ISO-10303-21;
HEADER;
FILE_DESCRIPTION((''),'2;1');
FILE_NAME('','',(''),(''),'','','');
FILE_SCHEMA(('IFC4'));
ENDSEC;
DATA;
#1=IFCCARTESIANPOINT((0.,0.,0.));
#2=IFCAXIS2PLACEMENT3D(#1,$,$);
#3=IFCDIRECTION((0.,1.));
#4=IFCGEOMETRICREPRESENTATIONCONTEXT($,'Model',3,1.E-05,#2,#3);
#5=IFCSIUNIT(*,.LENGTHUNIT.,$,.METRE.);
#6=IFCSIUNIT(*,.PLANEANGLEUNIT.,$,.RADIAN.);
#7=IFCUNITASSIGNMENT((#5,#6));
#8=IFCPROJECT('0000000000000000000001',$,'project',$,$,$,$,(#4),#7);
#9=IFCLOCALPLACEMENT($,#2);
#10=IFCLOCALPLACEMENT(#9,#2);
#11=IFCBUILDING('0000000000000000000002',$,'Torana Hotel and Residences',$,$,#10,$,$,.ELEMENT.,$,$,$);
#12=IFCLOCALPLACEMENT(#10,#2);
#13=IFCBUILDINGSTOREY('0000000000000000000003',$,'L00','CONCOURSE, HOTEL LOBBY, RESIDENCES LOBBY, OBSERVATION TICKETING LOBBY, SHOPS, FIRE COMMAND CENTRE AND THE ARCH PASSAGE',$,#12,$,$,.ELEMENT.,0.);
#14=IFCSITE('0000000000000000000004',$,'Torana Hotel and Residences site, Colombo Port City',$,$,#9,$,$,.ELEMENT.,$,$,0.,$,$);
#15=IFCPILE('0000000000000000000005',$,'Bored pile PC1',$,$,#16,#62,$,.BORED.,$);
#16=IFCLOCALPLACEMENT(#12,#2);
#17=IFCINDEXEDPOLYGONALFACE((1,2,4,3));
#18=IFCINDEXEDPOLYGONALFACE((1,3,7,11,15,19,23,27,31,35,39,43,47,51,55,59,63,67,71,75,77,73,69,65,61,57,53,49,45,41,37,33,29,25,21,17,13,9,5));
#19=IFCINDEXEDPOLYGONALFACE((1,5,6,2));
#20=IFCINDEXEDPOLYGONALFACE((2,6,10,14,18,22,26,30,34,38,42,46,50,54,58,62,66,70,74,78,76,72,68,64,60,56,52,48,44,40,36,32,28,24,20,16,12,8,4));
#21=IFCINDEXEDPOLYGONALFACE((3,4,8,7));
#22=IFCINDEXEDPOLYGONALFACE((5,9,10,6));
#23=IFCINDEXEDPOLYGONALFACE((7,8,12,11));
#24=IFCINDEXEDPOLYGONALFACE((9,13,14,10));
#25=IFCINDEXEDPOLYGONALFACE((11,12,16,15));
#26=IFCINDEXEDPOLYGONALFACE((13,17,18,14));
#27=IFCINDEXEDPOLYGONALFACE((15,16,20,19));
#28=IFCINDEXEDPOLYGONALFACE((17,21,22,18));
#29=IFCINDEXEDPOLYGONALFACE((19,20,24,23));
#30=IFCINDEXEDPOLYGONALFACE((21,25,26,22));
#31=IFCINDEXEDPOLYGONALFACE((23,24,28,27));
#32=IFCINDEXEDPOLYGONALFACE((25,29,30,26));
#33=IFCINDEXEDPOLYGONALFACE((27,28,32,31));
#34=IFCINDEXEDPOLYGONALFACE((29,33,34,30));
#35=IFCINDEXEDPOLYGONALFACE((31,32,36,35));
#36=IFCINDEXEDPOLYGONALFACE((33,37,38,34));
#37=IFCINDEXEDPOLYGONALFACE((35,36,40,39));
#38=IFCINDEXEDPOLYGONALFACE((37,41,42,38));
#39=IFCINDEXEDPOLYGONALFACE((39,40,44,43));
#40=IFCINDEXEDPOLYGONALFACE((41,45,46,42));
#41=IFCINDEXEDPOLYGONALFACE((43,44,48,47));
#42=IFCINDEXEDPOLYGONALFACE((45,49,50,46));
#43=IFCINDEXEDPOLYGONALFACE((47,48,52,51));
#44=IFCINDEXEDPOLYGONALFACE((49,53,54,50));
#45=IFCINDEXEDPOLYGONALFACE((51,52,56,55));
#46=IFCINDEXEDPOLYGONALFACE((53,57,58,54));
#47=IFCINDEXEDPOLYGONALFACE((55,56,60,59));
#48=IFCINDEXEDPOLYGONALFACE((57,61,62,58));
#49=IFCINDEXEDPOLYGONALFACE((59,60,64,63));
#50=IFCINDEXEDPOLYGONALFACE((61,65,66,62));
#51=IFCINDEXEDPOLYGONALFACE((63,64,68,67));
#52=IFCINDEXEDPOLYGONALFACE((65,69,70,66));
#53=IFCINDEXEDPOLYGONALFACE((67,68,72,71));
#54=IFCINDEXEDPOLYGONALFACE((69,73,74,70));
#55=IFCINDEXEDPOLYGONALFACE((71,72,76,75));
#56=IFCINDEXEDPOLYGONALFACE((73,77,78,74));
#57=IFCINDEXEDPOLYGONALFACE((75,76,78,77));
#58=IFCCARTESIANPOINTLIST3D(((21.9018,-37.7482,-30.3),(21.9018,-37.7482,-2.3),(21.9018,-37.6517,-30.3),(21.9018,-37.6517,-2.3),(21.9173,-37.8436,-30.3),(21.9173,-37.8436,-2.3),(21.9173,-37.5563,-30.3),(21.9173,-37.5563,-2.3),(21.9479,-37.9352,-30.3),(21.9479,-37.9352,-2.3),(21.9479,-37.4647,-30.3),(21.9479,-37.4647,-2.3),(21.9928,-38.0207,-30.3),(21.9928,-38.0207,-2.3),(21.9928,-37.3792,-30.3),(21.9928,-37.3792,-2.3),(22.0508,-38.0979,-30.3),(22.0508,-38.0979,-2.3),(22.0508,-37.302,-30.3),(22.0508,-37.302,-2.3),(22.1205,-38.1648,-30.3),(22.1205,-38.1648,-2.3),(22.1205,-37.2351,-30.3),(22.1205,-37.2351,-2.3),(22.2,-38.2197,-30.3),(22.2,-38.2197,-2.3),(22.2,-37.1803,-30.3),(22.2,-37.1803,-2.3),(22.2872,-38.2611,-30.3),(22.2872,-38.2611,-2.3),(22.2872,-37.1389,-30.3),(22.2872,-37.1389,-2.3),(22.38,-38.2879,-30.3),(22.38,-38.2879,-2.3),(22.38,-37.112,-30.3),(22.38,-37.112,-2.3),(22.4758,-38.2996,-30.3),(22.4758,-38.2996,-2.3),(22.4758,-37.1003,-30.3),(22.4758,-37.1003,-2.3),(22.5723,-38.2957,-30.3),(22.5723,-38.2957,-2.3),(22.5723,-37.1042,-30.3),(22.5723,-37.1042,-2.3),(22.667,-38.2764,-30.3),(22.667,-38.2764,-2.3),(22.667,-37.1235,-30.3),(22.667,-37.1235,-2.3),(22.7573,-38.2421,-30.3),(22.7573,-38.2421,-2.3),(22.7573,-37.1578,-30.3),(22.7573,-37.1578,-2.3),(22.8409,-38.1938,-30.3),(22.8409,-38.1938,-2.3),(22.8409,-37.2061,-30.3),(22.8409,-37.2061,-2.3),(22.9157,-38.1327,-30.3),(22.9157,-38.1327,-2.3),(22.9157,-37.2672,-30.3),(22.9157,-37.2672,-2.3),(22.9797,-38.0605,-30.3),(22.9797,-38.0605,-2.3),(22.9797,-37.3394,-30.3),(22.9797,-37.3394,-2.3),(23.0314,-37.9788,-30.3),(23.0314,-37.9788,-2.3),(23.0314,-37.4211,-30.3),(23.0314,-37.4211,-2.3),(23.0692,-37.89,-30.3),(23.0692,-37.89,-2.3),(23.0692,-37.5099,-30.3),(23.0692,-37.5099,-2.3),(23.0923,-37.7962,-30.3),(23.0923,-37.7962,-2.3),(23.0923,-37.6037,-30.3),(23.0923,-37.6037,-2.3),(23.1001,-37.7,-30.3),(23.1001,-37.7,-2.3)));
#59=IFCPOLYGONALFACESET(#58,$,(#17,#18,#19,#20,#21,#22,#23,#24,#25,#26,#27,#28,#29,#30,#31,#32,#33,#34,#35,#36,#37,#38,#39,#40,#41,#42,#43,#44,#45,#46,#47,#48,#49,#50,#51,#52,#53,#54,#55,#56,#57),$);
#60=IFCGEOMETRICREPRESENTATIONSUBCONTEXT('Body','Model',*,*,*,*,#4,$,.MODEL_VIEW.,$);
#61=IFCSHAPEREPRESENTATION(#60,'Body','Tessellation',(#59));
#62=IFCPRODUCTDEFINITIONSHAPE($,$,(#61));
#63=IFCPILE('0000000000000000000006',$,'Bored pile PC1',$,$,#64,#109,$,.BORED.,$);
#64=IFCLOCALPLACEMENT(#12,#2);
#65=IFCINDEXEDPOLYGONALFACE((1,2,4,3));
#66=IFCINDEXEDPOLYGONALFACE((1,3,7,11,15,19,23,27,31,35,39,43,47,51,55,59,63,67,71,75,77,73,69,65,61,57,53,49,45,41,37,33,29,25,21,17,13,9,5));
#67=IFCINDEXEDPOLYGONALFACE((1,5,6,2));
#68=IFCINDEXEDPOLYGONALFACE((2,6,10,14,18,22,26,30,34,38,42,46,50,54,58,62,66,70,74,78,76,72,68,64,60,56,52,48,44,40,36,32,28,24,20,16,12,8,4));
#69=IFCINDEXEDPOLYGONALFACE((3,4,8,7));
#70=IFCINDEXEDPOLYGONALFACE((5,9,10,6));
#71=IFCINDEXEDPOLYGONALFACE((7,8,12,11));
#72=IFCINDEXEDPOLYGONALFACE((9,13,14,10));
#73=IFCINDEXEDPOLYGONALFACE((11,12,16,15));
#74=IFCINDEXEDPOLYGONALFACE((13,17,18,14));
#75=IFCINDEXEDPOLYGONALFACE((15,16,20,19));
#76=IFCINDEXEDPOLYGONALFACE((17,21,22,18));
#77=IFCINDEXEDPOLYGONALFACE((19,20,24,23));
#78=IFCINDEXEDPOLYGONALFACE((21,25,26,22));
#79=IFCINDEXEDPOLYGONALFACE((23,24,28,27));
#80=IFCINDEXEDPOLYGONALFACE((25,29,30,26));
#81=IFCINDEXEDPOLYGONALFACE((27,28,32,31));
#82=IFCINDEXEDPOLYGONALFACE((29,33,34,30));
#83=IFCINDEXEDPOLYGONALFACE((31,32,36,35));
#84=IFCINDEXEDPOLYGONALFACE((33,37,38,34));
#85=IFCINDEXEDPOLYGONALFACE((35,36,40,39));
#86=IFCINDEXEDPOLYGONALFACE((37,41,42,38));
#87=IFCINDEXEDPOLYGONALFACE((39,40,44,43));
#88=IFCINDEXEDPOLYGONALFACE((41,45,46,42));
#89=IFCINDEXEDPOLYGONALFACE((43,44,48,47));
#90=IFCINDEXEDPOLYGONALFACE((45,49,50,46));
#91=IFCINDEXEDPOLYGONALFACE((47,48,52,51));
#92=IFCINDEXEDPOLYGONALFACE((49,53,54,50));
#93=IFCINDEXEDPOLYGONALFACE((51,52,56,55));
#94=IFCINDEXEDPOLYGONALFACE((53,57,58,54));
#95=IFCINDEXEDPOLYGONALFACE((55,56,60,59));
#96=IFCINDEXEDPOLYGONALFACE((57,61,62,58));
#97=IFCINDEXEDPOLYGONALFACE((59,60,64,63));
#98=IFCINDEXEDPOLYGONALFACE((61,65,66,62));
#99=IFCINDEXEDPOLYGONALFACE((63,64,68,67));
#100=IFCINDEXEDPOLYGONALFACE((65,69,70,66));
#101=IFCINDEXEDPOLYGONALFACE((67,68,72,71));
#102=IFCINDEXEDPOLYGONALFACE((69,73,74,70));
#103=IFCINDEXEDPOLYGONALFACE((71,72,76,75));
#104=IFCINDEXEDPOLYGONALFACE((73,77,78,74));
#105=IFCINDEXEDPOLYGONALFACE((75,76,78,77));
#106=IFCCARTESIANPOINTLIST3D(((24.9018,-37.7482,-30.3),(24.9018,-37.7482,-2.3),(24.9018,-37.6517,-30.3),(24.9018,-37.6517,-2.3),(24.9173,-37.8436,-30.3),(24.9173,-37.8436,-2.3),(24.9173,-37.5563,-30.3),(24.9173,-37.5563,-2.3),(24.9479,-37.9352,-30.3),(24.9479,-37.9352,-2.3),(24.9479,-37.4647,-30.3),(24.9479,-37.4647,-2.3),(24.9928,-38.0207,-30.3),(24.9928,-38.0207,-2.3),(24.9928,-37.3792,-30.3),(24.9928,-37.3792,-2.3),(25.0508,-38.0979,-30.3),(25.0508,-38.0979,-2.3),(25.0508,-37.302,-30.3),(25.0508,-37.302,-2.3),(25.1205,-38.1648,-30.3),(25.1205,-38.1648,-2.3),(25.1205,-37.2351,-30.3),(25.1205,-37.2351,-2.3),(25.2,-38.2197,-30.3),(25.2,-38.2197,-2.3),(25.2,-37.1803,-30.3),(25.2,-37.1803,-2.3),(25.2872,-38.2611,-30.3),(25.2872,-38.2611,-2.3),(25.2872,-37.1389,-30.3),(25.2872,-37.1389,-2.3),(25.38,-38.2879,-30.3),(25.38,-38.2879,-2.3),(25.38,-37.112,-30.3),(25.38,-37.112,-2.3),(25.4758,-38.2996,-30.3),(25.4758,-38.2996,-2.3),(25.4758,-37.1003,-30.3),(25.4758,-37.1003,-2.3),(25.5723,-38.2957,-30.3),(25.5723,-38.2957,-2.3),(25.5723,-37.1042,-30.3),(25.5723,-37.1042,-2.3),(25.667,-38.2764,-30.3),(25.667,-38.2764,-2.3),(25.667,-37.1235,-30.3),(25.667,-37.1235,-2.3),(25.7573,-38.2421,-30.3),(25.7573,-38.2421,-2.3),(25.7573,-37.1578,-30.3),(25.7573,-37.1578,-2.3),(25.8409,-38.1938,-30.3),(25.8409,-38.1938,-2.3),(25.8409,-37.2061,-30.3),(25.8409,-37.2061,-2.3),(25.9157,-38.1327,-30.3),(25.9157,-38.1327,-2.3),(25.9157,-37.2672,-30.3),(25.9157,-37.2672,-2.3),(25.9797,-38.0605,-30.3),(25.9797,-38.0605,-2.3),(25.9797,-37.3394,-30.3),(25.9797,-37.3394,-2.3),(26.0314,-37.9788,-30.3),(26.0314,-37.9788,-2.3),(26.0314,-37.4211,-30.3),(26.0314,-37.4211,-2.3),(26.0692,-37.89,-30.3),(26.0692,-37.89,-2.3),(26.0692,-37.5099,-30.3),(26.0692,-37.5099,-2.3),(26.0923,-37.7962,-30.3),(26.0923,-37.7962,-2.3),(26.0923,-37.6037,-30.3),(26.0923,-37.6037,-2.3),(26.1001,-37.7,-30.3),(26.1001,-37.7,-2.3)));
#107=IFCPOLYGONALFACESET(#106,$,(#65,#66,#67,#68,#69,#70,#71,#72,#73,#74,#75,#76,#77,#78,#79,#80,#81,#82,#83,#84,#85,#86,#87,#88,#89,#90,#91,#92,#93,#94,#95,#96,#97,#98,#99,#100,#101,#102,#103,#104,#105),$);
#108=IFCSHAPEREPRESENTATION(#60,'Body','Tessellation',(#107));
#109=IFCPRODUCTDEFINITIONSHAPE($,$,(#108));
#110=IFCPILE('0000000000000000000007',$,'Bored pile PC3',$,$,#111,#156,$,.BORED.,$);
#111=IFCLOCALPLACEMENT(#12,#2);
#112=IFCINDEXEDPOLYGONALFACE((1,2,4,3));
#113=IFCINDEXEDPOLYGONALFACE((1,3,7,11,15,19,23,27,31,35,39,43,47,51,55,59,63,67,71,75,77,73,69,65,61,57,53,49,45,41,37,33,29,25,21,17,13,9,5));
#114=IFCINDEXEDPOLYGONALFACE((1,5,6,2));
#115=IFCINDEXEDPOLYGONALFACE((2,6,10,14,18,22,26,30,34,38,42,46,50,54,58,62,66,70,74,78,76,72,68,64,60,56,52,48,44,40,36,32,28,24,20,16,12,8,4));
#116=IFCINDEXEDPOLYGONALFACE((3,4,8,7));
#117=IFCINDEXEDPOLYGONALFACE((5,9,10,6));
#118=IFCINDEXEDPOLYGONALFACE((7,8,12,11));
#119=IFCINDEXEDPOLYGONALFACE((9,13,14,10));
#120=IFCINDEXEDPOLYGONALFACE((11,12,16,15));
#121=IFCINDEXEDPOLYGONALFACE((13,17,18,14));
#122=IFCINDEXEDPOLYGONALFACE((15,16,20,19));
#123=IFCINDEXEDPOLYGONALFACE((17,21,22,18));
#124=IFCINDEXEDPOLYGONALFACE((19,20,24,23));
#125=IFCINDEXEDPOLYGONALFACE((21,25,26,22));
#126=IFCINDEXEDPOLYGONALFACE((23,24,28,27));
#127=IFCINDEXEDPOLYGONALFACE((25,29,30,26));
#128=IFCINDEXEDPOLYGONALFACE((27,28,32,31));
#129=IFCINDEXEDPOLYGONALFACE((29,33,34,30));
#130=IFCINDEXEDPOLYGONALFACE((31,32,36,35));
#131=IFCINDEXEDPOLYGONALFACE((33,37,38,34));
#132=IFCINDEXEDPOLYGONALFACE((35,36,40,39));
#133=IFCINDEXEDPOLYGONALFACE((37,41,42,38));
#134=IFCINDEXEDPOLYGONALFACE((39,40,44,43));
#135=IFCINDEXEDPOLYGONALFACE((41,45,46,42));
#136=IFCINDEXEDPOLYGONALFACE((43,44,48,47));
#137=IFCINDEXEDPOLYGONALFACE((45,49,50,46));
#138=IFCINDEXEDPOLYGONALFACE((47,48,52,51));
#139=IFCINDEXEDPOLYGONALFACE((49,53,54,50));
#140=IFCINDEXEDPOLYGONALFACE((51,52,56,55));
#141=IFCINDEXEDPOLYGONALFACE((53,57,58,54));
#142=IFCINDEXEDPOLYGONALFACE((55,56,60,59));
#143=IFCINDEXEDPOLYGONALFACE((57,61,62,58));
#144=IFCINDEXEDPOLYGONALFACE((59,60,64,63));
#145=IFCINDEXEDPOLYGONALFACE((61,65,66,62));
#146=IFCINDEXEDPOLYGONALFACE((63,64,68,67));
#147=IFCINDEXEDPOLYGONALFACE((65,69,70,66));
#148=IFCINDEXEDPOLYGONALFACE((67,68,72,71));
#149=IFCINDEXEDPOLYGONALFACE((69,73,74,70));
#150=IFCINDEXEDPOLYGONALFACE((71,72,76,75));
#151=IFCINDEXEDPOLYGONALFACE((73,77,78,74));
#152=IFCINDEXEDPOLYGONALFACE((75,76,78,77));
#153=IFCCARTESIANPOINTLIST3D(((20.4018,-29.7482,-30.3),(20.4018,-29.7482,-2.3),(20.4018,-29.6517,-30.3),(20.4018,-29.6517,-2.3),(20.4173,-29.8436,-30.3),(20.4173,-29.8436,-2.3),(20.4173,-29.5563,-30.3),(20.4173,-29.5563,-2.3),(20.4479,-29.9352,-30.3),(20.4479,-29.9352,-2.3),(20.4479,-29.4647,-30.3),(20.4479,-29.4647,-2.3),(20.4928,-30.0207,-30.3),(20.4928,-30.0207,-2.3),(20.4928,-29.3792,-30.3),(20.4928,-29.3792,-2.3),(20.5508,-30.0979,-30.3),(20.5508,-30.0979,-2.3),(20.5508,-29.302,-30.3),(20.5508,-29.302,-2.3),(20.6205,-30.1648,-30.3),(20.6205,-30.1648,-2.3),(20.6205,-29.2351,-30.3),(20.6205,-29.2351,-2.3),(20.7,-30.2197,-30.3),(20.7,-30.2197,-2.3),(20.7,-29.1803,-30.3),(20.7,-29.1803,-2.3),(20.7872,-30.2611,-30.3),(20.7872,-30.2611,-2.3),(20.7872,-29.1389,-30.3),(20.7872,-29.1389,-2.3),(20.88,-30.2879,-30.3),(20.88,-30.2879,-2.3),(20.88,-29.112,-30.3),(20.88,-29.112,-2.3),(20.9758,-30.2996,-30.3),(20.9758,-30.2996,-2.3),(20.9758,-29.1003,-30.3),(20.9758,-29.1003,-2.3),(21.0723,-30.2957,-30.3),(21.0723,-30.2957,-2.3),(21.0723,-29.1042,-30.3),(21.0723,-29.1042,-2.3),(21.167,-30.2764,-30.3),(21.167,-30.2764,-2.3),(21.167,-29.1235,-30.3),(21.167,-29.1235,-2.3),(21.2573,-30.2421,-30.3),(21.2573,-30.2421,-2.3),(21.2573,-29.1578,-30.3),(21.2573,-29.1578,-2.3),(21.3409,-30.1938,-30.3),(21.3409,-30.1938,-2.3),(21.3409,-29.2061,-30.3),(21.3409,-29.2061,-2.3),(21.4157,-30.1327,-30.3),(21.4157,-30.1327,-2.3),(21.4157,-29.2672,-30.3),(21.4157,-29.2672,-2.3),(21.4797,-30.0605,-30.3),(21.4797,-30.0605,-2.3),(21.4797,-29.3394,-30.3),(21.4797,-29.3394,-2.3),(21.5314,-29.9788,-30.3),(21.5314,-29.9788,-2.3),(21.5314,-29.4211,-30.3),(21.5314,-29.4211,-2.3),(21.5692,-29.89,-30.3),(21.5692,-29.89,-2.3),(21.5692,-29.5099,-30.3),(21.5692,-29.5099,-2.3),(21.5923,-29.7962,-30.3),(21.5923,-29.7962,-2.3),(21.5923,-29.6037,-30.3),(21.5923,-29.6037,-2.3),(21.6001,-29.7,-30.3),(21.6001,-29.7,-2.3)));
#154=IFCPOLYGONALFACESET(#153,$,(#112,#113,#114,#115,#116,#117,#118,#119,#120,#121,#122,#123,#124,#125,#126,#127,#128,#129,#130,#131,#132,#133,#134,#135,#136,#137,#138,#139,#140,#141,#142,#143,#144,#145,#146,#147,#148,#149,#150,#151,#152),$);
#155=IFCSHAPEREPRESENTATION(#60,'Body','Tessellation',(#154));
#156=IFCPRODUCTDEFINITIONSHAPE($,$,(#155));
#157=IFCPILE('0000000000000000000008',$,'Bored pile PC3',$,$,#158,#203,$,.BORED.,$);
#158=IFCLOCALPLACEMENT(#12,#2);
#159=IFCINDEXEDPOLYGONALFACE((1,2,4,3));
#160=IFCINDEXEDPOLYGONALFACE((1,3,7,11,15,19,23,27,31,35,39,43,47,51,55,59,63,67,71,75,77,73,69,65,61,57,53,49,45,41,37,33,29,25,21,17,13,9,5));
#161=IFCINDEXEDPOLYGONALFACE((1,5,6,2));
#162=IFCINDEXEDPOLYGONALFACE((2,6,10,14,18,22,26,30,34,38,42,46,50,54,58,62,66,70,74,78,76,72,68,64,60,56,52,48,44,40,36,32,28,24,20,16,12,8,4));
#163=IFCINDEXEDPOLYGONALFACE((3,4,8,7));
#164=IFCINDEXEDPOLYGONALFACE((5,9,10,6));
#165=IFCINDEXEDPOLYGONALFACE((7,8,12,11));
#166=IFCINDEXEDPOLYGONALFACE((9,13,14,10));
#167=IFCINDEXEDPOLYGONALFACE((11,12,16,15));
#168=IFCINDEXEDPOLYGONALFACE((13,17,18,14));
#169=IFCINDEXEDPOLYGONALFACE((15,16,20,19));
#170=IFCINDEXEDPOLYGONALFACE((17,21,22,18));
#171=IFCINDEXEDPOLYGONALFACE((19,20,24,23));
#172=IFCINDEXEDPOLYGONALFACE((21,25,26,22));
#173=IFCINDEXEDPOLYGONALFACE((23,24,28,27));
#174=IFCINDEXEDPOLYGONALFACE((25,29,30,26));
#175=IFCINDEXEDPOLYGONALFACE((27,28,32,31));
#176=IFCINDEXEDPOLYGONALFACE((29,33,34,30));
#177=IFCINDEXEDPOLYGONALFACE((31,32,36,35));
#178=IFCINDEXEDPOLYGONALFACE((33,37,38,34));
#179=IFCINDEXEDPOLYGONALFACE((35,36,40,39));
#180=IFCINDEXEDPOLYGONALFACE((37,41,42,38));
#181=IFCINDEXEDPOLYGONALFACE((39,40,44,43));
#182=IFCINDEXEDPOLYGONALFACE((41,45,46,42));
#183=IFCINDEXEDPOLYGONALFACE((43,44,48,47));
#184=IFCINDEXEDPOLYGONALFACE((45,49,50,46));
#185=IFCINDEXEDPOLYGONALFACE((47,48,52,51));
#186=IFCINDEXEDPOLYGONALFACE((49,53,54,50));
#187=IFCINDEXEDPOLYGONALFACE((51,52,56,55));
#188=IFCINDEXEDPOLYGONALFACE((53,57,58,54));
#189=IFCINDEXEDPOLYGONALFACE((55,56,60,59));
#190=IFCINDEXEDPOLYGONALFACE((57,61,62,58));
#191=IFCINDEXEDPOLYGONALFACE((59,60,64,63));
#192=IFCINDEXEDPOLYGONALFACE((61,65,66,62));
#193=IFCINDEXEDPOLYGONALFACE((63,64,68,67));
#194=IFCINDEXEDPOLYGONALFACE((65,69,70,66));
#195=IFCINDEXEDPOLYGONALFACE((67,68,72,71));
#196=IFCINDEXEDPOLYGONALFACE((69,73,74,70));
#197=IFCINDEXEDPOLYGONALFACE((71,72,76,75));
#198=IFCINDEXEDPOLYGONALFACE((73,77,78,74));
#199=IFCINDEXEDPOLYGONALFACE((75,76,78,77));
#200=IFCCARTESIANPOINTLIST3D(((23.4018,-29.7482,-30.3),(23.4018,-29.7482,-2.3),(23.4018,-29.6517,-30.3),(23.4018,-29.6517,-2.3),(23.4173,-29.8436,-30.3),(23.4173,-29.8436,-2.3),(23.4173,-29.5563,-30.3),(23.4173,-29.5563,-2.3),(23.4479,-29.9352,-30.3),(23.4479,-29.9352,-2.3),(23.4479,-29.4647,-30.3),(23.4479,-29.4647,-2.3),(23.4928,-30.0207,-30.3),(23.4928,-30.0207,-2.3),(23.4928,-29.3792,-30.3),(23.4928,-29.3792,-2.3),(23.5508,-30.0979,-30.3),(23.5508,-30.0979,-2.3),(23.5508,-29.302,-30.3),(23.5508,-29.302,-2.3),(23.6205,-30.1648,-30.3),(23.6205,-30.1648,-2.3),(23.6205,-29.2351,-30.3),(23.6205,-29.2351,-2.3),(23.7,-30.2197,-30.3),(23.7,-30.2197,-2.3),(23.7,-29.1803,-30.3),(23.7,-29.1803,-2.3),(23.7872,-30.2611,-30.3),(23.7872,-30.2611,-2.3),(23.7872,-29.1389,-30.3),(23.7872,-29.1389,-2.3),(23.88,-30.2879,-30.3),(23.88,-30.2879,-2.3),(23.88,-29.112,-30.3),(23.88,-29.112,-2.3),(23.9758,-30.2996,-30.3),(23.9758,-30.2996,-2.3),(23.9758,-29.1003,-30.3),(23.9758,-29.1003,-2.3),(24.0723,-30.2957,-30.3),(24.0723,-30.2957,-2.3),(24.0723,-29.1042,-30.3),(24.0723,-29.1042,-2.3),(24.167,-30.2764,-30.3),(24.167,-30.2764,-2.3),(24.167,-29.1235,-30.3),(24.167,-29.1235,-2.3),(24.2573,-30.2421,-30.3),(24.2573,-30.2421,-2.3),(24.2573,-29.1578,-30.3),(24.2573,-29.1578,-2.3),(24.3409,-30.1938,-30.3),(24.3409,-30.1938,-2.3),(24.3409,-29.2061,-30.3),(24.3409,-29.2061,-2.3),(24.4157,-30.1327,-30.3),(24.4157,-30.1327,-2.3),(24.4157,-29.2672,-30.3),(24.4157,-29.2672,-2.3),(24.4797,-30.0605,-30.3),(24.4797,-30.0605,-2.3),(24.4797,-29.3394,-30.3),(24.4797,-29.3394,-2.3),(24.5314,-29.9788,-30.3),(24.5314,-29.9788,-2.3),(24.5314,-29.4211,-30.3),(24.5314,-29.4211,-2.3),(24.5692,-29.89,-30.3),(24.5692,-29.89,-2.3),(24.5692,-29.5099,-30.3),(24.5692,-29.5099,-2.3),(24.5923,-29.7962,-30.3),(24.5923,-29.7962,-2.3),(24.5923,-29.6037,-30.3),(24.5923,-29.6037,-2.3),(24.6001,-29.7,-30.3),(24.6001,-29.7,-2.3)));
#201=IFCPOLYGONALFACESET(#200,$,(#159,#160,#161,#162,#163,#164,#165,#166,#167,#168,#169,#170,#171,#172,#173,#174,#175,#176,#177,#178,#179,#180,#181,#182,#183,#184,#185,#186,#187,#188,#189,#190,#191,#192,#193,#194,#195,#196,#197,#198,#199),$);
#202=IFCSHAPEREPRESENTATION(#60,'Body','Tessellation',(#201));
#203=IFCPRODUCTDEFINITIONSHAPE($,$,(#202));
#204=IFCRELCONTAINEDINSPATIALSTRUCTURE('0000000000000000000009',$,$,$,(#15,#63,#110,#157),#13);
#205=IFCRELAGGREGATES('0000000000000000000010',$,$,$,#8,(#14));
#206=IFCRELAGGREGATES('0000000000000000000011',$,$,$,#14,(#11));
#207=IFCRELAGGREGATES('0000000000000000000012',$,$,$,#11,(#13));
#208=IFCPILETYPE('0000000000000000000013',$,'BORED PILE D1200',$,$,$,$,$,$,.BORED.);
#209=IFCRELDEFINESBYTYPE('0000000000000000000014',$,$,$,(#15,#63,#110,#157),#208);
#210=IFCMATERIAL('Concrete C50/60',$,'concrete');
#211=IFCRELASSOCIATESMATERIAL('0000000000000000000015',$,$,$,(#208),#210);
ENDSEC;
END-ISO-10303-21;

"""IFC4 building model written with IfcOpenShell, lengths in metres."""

from ifc_helpers import new_model, si_unit, direction, frame, origin, origin_2d, place, context, subcontext, project, spatial, circle, extrude, material, type_object, element, save


model = new_model("IFC4")

# Units and contexts
model_context = context("Model", 3, precision=1e-05, world=origin(), true_north=direction((0.0, 1.0)))
body_context = subcontext(model_context, "Body", "Model", "MODEL_VIEW")
ifc_project = project(units=[si_unit("LENGTHUNIT", "METRE"), si_unit("PLANEANGLEUNIT", "RADIAN")], contexts=[model_context])

# Site, building, storey
site_placement = place(None, origin())
site = spatial("IfcSite", under=ifc_project, at=site_placement, Name="Torana Hotel and Residences site, Colombo Port City", CompositionType="ELEMENT", RefElevation=0.0)
building_placement = place(site_placement, origin())
building = spatial("IfcBuilding", under=site, at=building_placement, Name="Torana Hotel and Residences", CompositionType="ELEMENT")
storey_placement = place(building_placement, origin())
storey = spatial("IfcBuildingStorey", under=building, at=storey_placement, Name="L00", Description="CONCOURSE, HOTEL LOBBY, RESIDENCES LOBBY, OBSERVATION TICKETING LOBBY, SHOPS, FIRE COMMAND CENTRE AND THE ARCH PASSAGE", CompositionType="ELEMENT", Elevation=0.0)

# Piles
ifc_material_1 = material(Name="Concrete C50/60", Category="concrete")
pile_type_1 = type_object("IfcPileType", Name="BORED PILE D1200", PredefinedType="BORED", material=ifc_material_1)
for number, where, z_axis, x_axis, name in (
    (1, (22.5, -37.7, -2.3), (0.0, 0.0, -1.0), (1.0, 0.0, 0.0), "Bored pile PC1"),
    (2, (25.5, -37.7, -2.3), (0.0, 0.0, -1.0), (1.0, 0.0, 0.0), "Bored pile PC1"),
    (3, (21.0, -29.7, -2.3), (0.0, 0.0, -1.0), (1.0, 0.0, 0.0), "Bored pile PC3"),
    (4, (24.0, -29.7, -2.3), (0.0, 0.0, -1.0), (1.0, 0.0, 0.0), "Bored pile PC3"),
):
    element("IfcPile", number, at=place(storey_placement, frame(where, z_axis=z_axis, x_axis=x_axis)), inside=storey, type_object=pile_type_1, Name=name, PredefinedType="BORED", context=body_context, shape_type="SweptSolid", body=[
        extrude(circle(Radius=0.6001, at=origin_2d()), origin(), (0.0, 0.0, 1.0), 28.0),
    ])

save(model, "model.ifc")
